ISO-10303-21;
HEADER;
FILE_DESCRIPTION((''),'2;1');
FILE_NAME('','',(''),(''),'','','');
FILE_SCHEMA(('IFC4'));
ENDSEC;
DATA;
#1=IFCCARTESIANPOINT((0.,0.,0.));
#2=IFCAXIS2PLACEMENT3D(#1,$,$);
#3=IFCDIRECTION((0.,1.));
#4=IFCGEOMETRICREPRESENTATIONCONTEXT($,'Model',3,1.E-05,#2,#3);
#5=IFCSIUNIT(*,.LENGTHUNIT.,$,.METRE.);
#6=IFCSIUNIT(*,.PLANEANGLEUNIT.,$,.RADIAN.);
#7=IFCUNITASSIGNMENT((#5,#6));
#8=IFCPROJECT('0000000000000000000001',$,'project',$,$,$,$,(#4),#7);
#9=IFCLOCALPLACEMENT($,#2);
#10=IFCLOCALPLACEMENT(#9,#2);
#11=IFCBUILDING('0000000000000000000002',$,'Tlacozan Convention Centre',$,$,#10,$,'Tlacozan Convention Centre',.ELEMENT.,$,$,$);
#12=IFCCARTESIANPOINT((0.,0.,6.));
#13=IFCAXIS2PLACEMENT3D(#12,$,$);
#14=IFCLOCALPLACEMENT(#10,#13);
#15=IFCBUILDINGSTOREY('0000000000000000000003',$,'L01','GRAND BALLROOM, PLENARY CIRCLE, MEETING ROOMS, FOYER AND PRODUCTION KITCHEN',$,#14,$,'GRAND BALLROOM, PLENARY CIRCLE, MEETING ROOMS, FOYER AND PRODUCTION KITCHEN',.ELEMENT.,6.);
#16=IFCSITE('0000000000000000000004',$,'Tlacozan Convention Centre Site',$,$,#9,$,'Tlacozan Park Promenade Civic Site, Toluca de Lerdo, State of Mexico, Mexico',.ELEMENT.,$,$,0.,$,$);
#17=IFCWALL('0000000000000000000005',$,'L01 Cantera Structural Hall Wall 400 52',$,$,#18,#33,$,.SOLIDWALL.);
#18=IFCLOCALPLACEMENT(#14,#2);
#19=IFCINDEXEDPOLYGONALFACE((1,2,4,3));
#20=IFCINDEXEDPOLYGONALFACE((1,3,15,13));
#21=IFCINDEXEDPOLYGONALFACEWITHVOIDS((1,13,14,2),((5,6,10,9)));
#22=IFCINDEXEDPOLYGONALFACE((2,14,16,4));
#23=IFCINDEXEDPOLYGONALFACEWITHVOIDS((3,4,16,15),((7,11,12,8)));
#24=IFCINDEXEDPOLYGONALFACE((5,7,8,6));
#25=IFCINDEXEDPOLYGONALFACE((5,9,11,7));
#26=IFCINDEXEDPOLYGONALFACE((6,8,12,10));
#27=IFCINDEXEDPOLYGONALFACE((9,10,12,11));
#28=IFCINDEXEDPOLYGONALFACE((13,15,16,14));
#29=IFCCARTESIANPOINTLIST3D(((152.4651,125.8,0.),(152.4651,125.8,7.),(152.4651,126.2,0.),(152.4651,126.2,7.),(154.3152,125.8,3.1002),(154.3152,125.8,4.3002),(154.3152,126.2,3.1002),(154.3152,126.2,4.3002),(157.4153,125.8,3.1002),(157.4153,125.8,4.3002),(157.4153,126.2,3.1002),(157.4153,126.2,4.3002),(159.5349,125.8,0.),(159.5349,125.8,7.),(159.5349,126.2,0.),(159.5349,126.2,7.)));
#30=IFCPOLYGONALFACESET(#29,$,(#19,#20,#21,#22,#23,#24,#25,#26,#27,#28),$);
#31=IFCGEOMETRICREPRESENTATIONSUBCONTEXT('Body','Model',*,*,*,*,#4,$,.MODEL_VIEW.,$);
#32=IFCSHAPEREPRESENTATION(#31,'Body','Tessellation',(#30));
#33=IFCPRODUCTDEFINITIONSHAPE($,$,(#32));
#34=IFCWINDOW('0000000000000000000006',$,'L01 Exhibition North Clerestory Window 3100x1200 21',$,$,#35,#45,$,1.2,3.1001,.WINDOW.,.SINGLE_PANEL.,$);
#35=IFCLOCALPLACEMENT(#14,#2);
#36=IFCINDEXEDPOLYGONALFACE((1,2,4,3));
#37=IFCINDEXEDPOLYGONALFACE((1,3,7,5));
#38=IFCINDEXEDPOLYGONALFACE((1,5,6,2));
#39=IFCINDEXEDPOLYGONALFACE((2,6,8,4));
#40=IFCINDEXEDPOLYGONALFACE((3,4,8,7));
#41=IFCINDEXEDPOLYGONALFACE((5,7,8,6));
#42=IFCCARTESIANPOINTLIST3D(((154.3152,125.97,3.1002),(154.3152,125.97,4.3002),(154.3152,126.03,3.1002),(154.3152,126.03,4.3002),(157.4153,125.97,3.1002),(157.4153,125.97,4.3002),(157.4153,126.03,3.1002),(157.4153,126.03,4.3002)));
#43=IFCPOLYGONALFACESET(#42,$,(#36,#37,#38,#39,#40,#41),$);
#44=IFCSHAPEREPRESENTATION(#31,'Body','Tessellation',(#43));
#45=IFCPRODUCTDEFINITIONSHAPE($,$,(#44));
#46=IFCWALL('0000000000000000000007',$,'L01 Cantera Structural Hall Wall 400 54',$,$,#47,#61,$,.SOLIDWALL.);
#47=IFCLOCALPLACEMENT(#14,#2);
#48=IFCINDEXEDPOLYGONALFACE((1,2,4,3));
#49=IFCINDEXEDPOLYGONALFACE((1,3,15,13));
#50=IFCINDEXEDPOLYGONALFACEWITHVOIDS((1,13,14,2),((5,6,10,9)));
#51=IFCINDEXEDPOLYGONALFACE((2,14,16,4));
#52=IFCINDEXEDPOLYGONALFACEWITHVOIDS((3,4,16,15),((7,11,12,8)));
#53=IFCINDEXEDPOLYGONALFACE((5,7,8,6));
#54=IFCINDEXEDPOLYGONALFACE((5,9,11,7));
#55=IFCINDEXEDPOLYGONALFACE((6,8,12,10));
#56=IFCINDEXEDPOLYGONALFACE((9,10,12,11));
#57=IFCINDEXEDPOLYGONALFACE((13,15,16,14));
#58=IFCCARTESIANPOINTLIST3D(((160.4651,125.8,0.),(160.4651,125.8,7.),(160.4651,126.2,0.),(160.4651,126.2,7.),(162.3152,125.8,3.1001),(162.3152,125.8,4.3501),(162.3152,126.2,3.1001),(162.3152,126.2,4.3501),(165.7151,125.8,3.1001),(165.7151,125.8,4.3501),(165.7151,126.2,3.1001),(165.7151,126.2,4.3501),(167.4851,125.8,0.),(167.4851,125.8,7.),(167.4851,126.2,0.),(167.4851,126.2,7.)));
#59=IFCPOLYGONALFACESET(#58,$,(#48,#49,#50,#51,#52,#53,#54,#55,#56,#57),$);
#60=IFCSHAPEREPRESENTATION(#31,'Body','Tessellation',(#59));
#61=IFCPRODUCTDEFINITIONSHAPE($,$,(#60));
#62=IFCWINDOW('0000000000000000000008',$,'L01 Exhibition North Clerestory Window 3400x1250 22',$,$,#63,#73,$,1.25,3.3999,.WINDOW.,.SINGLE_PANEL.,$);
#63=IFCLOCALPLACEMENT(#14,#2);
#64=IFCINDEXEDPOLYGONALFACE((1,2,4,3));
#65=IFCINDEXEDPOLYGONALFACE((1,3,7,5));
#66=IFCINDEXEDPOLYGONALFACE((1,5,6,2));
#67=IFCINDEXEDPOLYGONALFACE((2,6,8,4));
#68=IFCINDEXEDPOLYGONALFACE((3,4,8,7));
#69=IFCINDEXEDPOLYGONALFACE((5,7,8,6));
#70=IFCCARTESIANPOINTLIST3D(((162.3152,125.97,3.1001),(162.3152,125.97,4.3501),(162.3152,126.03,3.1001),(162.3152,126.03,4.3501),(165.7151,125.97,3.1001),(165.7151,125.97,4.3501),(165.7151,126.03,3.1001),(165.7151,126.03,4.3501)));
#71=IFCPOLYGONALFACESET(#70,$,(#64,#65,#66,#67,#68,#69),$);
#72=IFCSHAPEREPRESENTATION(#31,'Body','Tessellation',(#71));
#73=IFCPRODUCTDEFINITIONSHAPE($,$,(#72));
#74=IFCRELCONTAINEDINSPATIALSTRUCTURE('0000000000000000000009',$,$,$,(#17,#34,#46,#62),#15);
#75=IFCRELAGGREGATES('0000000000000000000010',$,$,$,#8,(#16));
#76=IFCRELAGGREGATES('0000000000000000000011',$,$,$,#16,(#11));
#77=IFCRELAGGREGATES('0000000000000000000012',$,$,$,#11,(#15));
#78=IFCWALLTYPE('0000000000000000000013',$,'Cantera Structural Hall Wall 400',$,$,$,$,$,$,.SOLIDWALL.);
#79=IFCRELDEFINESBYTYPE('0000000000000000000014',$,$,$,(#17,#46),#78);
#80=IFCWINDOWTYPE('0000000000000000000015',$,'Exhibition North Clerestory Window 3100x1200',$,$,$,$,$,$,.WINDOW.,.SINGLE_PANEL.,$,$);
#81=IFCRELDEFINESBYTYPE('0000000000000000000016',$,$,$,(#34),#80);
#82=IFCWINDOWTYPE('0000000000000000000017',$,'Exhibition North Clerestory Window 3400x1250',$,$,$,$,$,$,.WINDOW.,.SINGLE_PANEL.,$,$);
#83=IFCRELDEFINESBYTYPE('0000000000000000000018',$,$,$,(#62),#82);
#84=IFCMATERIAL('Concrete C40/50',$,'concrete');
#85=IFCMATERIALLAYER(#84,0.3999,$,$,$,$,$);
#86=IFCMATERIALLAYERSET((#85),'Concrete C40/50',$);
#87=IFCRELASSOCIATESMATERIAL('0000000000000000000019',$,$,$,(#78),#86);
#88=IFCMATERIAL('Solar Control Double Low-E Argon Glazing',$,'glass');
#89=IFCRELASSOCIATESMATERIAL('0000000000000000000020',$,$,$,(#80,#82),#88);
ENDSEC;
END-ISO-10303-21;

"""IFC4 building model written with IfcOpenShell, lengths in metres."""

from ifc_helpers import new_model, si_unit, direction, frame, frame_2d, origin, place, context, subcontext, project, spatial, rectangle, extrude, material, layer, layer_set, type_object, element, fill, save


model = new_model("IFC4")

# Units and contexts
model_context = context("Model", 3, precision=1e-05, world=origin(), true_north=direction((0.0, 1.0)))
body_context = subcontext(model_context, "Body", "Model", "MODEL_VIEW")
ifc_project = project(units=[si_unit("LENGTHUNIT", "METRE"), si_unit("PLANEANGLEUNIT", "RADIAN")], contexts=[model_context])

# Site, building, storey
site_placement = place(None, origin())
site = spatial("IfcSite", under=ifc_project, at=site_placement, Name="Tlacozan Convention Centre Site", LongName="Tlacozan Park Promenade Civic Site, Toluca de Lerdo, State of Mexico, Mexico", CompositionType="ELEMENT", RefElevation=0.0)
building_placement = place(site_placement, origin())
building = spatial("IfcBuilding", under=site, at=building_placement, Name="Tlacozan Convention Centre", LongName="Tlacozan Convention Centre", CompositionType="ELEMENT")
storey_placement = place(building_placement, frame((0.0, 0.0, 6.0)))
storey = spatial("IfcBuildingStorey", under=building, at=storey_placement, Name="L01", Description="GRAND BALLROOM, PLENARY CIRCLE, MEETING ROOMS, FOYER AND PRODUCTION KITCHEN", LongName="GRAND BALLROOM, PLENARY CIRCLE, MEETING ROOMS, FOYER AND PRODUCTION KITCHEN", CompositionType="ELEMENT", Elevation=6.0)

# Shared definitions
ifc_material_1 = material(Name="Concrete C40/50", Category="concrete")

# Shared definitions
ifc_material_2 = material(Name="Solar Control Double Low-E Argon Glazing", Category="glass")

# Walls, openings, windows
ifc_layer_1 = layer(ifc_material_1, 0.3999)
ifc_layer_set_1 = layer_set([ifc_layer_1], Name="Concrete C40/50")
wall_type = type_object("IfcWallType", Name="Cantera Structural Hall Wall 400", PredefinedType="SOLIDWALL", material=ifc_layer_set_1)
window_type_1 = type_object("IfcWindowType", Name="Exhibition North Clerestory Window 3100x1200", PartitioningType="SINGLE_PANEL", PredefinedType="WINDOW", material=ifc_material_2)
window_type_2 = type_object("IfcWindowType", Name="Exhibition North Clerestory Window 3400x1250", PartitioningType="SINGLE_PANEL", PredefinedType="WINDOW", material=ifc_material_2)
wall_1_placement = place(storey_placement, frame((152.4651, 126.0, 0.0), z_axis=(0.0, 0.0, 1.0), x_axis=(1.0, 0.0, 0.0)))
wall_1 = element("IfcWall", 1, at=wall_1_placement, inside=storey, type_object=wall_type, Name="L01 Cantera Structural Hall Wall 400 52", PredefinedType="SOLIDWALL", context=body_context, shape_type="SweptSolid", body=[
    extrude(rectangle(XDim=7.0698, YDim=0.3999, at=frame_2d((3.5349, 0.0))), origin(), (0.0, 0.0, 1.0), 7.0),
])
opening_1_placement = place(wall_1_placement, frame((1.8501, 0.0, 3.1001)))
opening_1 = element("IfcOpeningElement", 2, at=opening_1_placement, cuts=wall_1, PredefinedType="OPENING", context=body_context, shape_type="SweptSolid", body=[
    extrude(rectangle(XDim=3.1001, YDim=1.2, at=frame_2d((1.55, 0.6001))), frame((0.0, 0.21, 0.0), z_axis=(0.0, -1.0, 0.0), x_axis=(1.0, 0.0, 0.0)), (0.0, 0.0, 1.0), 0.4199),
])
window_1_placement = place(opening_1_placement, origin())
window_1 = element("IfcWindow", 3, at=window_1_placement, inside=storey, type_object=window_type_1, Name="L01 Exhibition North Clerestory Window 3100x1200 21", OverallHeight=1.2, OverallWidth=3.1001, PartitioningType="SINGLE_PANEL", PredefinedType="WINDOW", context=body_context, shape_type="SweptSolid", body=[
    extrude(rectangle(XDim=3.1001, YDim=1.2, at=frame_2d((1.55, 0.6001))), frame((0.0, 0.03, 0.0), z_axis=(0.0, -1.0, 0.0), x_axis=(1.0, 0.0, 0.0)), (0.0, 0.0, 1.0), 0.0601),
])
fill(opening_1, window_1)
wall_2_placement = place(storey_placement, frame((160.4651, 126.0, 0.0), z_axis=(0.0, 0.0, 1.0), x_axis=(1.0, 0.0, 0.0)))
wall_2 = element("IfcWall", 4, at=wall_2_placement, inside=storey, type_object=wall_type, Name="L01 Cantera Structural Hall Wall 400 54", PredefinedType="SOLIDWALL", context=body_context, shape_type="SweptSolid", body=[
    extrude(rectangle(XDim=7.02, YDim=0.3999, at=frame_2d((3.51, 0.0))), origin(), (0.0, 0.0, 1.0), 7.0),
])
opening_2_placement = place(wall_2_placement, frame((1.8501, 0.0, 3.1001)))
opening_2 = element("IfcOpeningElement", 5, at=opening_2_placement, cuts=wall_2, PredefinedType="OPENING", context=body_context, shape_type="SweptSolid", body=[
    extrude(rectangle(XDim=3.3999, YDim=1.25, at=frame_2d((1.7, 0.625))), frame((0.0, 0.21, 0.0), z_axis=(0.0, -1.0, 0.0), x_axis=(1.0, 0.0, 0.0)), (0.0, 0.0, 1.0), 0.4199),
])
window_2_placement = place(opening_2_placement, origin())
window_2 = element("IfcWindow", 6, at=window_2_placement, inside=storey, type_object=window_type_2, Name="L01 Exhibition North Clerestory Window 3400x1250 22", OverallHeight=1.25, OverallWidth=3.3999, PartitioningType="SINGLE_PANEL", PredefinedType="WINDOW", context=body_context, shape_type="SweptSolid", body=[
    extrude(rectangle(XDim=3.3999, YDim=1.25, at=frame_2d((1.7, 0.625))), frame((0.0, 0.03, 0.0), z_axis=(0.0, -1.0, 0.0), x_axis=(1.0, 0.0, 0.0)), (0.0, 0.0, 1.0), 0.0601),
])
fill(opening_2, window_2)

save(model, "model.ifc")
